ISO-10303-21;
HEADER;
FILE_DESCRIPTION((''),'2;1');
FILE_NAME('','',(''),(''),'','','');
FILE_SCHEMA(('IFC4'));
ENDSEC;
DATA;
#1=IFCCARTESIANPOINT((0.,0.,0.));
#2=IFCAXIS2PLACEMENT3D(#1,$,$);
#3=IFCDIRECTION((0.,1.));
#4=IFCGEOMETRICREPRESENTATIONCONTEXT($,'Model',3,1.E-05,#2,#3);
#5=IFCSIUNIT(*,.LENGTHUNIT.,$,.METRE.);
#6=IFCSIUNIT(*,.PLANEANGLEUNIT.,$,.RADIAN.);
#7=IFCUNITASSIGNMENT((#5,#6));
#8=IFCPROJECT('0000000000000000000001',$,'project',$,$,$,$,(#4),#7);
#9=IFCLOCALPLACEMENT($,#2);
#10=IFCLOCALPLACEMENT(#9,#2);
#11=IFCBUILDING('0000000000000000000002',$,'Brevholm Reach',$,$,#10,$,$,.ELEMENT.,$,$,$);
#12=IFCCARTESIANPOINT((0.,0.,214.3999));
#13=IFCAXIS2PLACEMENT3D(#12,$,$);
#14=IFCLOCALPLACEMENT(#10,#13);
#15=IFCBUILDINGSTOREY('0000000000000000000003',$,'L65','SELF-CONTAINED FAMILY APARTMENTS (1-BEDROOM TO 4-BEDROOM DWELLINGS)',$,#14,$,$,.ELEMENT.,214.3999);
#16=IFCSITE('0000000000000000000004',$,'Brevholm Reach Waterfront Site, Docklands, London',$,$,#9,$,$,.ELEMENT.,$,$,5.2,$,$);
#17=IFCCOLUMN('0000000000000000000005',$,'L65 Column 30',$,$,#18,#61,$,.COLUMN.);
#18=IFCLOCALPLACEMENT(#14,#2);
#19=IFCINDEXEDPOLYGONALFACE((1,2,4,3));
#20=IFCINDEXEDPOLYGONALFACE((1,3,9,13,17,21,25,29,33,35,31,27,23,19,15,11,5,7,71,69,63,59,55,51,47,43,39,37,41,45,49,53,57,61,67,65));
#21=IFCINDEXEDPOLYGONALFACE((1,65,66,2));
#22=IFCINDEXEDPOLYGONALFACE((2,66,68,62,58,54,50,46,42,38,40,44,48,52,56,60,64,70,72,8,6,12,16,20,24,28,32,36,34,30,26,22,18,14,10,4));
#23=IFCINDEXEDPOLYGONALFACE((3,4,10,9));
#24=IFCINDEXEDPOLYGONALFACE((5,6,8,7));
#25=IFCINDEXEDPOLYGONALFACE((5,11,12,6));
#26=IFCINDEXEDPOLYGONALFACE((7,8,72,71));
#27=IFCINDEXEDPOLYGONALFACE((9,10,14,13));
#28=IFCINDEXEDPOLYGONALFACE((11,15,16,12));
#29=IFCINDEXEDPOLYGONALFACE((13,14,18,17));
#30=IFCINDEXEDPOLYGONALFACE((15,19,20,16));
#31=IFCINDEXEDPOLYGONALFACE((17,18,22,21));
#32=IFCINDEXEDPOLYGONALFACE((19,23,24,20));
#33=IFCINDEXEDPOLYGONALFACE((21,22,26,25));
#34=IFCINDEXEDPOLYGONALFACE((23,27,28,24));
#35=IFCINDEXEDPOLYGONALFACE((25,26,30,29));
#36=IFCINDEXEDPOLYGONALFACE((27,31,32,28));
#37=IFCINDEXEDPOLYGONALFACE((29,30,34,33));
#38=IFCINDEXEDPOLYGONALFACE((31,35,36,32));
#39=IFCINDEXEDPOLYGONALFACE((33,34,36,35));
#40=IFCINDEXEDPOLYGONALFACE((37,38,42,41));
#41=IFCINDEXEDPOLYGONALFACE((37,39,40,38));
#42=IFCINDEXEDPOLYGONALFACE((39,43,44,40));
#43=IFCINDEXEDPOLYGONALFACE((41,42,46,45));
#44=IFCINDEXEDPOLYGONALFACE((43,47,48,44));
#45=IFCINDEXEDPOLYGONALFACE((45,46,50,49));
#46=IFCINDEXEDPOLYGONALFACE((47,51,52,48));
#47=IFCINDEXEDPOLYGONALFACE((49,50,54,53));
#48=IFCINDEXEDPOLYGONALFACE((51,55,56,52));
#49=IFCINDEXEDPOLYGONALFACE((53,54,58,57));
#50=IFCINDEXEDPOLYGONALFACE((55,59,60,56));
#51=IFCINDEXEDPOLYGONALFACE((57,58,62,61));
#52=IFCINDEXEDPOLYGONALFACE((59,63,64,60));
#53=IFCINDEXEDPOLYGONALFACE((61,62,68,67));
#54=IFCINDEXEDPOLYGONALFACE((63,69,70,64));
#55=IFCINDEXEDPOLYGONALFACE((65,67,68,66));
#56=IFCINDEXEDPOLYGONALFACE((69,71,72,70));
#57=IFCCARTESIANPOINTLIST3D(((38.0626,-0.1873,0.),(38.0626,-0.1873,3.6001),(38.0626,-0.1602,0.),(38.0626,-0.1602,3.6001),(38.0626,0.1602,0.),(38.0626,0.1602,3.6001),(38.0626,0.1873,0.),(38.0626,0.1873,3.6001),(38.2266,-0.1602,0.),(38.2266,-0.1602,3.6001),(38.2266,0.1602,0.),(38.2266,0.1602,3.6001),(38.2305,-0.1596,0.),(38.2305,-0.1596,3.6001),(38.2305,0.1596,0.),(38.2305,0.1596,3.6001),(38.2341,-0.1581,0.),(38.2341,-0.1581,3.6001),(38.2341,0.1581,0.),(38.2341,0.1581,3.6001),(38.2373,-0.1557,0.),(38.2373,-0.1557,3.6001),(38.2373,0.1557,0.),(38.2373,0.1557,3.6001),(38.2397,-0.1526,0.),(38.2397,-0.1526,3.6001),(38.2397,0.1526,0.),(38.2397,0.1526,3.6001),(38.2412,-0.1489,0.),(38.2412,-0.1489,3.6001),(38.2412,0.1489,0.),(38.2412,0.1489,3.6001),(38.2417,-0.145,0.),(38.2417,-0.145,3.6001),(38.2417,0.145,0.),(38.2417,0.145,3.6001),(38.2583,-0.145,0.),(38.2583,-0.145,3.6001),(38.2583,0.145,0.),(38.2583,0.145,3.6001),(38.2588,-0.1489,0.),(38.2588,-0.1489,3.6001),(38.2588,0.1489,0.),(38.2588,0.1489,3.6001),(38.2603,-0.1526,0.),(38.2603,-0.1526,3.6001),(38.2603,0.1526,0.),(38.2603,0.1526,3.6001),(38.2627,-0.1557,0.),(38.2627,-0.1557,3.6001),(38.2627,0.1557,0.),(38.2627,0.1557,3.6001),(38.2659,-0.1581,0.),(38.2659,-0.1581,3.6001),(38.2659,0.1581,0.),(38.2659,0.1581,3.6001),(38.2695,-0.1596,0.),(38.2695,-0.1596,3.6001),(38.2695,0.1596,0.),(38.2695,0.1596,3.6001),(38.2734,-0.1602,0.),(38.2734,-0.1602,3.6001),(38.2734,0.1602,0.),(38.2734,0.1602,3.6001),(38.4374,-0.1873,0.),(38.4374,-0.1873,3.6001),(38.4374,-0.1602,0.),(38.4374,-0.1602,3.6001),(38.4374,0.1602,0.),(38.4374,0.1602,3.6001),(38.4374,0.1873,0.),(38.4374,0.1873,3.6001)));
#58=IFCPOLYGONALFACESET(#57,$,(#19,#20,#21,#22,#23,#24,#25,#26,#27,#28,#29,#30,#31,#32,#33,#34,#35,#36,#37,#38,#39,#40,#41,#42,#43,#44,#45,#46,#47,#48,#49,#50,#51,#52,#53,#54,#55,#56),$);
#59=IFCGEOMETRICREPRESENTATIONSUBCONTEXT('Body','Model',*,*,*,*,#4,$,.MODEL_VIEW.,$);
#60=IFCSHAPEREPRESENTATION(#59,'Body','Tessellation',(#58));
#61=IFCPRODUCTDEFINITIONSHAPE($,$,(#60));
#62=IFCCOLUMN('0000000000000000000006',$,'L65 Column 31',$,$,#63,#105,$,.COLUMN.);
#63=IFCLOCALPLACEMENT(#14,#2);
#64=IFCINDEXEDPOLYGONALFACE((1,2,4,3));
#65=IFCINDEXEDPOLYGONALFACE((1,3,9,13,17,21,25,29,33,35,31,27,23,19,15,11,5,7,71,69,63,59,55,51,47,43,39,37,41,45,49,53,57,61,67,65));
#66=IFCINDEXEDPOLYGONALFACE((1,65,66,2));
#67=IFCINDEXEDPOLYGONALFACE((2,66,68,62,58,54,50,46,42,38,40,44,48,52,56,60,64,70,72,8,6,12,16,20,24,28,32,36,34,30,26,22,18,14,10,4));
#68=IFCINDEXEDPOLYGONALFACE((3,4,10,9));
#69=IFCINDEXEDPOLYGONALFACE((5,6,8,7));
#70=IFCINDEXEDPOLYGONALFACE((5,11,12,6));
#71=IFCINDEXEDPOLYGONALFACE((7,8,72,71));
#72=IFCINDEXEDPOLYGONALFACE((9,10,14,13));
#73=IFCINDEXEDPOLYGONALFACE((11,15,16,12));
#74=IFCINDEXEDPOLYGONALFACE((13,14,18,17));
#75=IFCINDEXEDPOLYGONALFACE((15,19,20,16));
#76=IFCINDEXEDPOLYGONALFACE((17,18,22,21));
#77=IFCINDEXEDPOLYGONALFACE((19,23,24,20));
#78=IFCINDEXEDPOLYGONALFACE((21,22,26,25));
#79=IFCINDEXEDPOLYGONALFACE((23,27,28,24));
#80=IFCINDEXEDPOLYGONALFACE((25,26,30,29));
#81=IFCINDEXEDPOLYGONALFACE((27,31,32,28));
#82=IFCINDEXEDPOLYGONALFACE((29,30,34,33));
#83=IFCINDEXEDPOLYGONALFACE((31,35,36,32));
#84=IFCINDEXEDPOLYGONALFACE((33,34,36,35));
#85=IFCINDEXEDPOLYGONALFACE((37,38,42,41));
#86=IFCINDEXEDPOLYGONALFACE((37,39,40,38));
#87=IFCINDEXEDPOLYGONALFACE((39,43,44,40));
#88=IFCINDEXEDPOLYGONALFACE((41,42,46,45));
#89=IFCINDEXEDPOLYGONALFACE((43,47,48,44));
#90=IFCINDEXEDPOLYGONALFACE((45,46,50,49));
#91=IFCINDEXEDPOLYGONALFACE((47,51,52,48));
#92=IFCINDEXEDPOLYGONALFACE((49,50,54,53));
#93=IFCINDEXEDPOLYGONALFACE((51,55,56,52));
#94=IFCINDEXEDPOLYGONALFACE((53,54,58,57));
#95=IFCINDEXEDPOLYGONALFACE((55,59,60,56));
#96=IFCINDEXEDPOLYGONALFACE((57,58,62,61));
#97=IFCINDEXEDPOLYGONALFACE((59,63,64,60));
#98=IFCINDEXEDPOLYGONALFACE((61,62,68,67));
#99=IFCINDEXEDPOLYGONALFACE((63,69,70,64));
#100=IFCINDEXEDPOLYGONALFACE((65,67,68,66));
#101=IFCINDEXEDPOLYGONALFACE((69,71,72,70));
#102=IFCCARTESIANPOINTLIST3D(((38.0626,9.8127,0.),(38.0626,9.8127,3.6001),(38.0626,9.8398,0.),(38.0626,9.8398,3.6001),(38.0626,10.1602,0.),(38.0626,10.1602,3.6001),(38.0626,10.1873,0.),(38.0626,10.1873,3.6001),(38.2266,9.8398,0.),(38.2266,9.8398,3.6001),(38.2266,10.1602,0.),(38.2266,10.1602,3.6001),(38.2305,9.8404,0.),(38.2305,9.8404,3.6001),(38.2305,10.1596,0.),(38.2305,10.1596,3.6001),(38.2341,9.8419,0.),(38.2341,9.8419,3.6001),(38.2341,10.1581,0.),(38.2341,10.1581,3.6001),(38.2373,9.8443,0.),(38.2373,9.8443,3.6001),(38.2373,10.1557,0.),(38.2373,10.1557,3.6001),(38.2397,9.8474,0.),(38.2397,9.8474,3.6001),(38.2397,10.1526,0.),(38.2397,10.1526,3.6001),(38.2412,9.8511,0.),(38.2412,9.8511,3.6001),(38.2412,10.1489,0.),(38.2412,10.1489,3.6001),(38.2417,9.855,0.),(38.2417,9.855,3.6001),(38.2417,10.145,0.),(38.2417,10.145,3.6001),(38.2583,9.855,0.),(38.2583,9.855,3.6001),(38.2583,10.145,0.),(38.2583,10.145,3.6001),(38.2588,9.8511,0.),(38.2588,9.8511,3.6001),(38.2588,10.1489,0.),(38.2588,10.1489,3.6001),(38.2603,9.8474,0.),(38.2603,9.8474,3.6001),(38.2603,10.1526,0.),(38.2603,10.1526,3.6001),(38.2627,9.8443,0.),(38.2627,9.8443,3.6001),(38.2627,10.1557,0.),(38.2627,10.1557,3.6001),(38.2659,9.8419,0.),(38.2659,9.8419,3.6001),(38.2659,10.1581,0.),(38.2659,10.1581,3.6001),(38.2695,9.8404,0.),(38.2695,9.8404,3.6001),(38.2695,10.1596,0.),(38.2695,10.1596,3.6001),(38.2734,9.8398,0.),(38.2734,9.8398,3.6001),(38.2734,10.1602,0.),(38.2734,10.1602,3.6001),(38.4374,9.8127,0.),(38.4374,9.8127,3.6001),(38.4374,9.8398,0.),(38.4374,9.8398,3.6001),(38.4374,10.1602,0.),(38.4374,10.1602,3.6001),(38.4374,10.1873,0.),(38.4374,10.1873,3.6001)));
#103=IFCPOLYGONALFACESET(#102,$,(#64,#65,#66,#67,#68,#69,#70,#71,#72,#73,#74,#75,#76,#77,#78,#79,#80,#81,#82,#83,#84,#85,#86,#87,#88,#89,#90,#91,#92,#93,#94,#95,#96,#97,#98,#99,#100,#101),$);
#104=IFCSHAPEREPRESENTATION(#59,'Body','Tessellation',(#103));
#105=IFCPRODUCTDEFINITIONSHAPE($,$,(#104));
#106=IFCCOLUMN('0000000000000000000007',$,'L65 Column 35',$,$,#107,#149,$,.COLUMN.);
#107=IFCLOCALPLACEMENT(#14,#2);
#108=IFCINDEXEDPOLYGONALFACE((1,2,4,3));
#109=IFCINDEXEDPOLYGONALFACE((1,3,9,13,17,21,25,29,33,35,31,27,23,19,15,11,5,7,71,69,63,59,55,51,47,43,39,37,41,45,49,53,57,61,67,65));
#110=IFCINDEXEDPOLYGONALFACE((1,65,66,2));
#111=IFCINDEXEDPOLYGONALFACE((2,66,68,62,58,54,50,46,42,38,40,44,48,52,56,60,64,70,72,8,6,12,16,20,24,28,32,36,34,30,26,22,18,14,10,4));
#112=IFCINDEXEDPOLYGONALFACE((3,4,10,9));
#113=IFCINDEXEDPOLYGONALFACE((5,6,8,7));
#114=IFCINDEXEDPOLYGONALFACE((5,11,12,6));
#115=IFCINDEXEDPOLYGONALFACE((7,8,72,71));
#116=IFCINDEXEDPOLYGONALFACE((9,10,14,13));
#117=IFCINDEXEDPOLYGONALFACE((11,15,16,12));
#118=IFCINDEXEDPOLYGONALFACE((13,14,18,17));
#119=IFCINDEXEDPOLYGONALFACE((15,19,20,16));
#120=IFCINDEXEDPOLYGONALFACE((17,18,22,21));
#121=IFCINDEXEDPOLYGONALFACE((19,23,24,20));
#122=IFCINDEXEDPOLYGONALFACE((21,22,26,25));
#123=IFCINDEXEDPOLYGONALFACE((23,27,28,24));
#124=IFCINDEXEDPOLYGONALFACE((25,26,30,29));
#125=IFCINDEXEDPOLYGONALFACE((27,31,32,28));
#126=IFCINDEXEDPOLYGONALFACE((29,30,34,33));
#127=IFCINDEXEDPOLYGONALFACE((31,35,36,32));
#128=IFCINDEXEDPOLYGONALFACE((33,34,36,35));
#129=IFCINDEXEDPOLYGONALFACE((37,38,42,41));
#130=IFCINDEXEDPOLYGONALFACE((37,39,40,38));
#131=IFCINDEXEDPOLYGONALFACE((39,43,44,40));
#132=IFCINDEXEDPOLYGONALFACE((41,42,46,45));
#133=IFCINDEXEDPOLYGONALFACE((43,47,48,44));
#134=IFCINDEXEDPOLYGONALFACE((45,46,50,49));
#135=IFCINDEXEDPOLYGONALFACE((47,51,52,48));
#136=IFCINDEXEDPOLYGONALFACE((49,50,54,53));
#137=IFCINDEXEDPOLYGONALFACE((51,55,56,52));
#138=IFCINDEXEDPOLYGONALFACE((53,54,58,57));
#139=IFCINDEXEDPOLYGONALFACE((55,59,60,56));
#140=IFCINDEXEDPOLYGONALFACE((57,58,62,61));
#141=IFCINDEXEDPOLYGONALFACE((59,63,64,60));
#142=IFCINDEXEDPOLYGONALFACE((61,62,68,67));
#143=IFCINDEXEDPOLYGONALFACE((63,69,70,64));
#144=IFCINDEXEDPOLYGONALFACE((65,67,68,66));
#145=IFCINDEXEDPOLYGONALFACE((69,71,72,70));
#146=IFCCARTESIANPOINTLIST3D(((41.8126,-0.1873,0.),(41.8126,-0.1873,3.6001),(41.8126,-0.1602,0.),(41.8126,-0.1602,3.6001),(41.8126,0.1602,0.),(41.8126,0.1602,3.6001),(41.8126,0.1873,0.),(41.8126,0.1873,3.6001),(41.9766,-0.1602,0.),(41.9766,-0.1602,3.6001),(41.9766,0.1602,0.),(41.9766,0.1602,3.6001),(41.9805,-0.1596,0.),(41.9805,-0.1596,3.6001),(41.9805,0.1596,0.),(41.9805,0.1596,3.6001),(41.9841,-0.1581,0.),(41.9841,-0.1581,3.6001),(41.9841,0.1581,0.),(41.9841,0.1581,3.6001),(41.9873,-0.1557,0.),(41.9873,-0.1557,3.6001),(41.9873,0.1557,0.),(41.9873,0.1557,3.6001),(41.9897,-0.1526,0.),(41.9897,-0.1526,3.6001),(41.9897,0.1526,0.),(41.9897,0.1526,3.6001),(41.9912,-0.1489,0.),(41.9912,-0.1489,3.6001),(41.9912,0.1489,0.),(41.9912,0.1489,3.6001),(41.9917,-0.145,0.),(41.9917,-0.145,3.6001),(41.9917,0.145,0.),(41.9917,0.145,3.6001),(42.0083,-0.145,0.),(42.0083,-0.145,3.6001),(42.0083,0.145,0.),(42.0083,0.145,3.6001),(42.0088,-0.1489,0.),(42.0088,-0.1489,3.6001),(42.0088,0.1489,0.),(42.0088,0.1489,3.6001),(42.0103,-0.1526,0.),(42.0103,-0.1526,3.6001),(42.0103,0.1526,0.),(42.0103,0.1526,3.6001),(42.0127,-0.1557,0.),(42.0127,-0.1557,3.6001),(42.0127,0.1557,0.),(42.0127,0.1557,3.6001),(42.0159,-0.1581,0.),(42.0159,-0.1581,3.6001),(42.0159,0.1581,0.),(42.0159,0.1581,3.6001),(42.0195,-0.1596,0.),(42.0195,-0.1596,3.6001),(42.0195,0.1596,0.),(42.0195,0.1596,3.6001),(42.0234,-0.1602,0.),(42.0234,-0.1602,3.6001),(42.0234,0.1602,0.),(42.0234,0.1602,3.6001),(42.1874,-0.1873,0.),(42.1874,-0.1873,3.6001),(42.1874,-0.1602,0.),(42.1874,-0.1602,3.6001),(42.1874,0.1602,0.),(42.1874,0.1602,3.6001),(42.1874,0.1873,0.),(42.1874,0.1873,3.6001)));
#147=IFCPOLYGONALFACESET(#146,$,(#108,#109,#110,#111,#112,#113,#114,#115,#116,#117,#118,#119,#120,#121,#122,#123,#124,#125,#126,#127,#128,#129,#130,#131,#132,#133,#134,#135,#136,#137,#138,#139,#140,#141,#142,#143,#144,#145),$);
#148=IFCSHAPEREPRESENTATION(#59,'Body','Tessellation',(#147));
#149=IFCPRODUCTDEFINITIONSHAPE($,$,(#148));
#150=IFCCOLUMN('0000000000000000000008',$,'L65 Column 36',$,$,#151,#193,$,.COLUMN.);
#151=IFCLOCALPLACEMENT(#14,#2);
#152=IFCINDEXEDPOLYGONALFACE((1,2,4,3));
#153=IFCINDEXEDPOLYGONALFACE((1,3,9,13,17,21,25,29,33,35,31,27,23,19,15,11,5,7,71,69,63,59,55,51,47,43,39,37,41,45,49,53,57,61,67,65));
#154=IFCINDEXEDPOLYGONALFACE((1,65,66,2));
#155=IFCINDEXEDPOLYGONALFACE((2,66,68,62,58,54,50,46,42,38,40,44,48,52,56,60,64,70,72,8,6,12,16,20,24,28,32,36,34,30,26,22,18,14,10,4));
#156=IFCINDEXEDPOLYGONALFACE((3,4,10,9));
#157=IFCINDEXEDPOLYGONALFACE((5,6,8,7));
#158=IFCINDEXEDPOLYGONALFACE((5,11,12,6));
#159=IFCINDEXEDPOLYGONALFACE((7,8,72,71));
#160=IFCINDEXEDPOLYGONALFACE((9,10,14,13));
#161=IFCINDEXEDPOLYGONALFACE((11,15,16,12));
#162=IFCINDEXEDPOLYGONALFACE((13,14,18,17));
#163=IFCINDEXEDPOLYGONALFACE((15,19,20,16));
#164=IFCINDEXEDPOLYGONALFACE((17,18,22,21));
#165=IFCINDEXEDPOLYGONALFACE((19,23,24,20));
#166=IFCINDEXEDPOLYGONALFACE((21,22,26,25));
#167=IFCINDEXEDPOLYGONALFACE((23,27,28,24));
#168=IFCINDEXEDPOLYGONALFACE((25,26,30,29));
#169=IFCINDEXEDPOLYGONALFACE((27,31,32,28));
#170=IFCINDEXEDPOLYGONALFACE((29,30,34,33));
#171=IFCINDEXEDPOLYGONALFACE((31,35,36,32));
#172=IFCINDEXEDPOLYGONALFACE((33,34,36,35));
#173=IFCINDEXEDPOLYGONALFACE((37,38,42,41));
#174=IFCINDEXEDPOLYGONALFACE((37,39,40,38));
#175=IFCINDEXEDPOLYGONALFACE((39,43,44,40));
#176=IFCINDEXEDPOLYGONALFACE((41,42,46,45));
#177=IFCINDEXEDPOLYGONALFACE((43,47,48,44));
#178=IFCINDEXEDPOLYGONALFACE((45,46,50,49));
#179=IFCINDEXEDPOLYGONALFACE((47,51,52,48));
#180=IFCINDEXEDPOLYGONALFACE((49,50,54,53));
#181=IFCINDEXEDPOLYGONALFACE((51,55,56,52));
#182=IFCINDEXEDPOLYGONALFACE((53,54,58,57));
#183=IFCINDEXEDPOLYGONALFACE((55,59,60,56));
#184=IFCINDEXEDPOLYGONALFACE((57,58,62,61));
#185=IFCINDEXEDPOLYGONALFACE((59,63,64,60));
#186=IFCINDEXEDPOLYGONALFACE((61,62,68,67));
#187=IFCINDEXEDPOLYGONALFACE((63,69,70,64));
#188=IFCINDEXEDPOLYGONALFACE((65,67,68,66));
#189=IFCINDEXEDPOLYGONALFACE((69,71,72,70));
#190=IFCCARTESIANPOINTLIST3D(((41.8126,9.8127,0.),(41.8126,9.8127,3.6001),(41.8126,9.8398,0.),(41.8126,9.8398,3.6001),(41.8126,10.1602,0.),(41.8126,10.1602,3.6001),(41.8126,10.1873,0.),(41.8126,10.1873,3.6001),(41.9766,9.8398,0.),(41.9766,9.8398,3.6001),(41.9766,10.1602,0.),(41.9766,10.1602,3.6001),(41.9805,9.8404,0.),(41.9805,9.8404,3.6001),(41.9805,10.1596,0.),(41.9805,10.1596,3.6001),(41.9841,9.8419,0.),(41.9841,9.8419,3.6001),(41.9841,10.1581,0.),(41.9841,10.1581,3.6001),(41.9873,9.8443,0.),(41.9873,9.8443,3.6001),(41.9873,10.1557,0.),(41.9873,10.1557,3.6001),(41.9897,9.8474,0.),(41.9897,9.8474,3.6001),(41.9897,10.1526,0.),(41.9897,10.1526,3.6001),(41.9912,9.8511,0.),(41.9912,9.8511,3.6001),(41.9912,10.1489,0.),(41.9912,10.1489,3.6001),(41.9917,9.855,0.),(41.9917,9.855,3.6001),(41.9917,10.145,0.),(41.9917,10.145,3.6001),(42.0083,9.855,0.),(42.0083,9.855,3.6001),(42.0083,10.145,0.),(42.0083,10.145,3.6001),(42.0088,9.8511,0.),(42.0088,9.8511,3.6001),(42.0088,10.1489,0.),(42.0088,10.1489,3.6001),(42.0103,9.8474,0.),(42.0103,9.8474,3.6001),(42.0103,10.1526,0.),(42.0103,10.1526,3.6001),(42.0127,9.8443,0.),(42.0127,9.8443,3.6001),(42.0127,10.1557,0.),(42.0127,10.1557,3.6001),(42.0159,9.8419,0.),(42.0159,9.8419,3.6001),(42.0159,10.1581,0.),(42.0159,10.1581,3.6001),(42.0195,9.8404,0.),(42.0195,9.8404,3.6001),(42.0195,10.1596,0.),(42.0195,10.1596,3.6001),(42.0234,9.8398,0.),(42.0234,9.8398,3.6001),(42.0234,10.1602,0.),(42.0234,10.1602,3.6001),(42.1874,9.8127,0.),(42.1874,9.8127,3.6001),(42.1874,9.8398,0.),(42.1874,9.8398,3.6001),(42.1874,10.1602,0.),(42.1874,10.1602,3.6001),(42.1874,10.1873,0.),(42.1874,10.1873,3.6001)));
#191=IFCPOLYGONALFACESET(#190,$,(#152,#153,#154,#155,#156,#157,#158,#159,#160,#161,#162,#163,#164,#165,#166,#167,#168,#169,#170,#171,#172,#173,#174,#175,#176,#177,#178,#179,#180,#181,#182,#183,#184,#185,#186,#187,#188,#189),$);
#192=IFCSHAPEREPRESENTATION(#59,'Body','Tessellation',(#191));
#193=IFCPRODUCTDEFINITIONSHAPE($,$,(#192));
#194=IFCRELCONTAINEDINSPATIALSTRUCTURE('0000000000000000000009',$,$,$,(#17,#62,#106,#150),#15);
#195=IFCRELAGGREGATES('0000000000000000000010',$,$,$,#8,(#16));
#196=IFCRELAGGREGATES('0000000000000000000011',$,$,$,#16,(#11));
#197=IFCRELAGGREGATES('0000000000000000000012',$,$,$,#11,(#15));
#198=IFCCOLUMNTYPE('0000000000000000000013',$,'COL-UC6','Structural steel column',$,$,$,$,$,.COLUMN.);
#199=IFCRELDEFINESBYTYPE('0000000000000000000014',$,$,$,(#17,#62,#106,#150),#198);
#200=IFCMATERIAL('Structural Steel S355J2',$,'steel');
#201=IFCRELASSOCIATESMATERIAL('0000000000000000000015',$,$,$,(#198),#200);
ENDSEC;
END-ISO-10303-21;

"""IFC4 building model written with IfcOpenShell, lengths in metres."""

from ifc_helpers import new_model, si_unit, direction, frame, origin, origin_2d, place, context, subcontext, project, spatial, i_section, extrude, material, material_profile, profile_set, type_object, element, save


model = new_model("IFC4")

# Units and contexts
model_context = context("Model", 3, precision=1e-05, world=origin(), true_north=direction((0.0, 1.0)))
body_context = subcontext(model_context, "Body", "Model", "MODEL_VIEW")
ifc_project = project(units=[si_unit("LENGTHUNIT", "METRE"), si_unit("PLANEANGLEUNIT", "RADIAN")], contexts=[model_context])

# Site, building, storey
site_placement = place(None, origin())
site = spatial("IfcSite", under=ifc_project, at=site_placement, Name="Brevholm Reach Waterfront Site, Docklands, London", CompositionType="ELEMENT", RefElevation=5.2)
building_placement = place(site_placement, origin())
building = spatial("IfcBuilding", under=site, at=building_placement, Name="Brevholm Reach", CompositionType="ELEMENT")
storey_placement = place(building_placement, frame((0.0, 0.0, 214.3999)))
storey = spatial("IfcBuildingStorey", under=building, at=storey_placement, Name="L65", Description="SELF-CONTAINED FAMILY APARTMENTS (1-BEDROOM TO 4-BEDROOM DWELLINGS)", CompositionType="ELEMENT", Elevation=214.3999)

# Columns
ifc_material_1 = material(Name="Structural Steel S355J2", Category="steel")
ifc_material_profile_1 = material_profile(ifc_material_1, i_section(OverallWidth=0.3748, OverallDepth=0.3745, WebThickness=0.0166, FlangeThickness=0.0271, FilletRadius=0.0151, at=origin_2d()), Name="UKC 356x368x202")
ifc_profile_set_1 = profile_set([ifc_material_profile_1], Name="Structural Steel S355J2")
column_type = type_object("IfcColumnType", Name="COL-UC6", Description="Structural steel column", PredefinedType="COLUMN", material=ifc_profile_set_1)
for number, where, z_axis, x_axis, name in (
    (1, (38.25, 0.0, 0.0), (0.0, 0.0, 1.0), (1.0, 0.0, 0.0), "L65 Column 30"),
    (2, (38.25, 10.0, 0.0), (0.0, 0.0, 1.0), (1.0, 0.0, 0.0), "L65 Column 31"),
    (3, (42.0, 0.0, 0.0), (0.0, 0.0, 1.0), (1.0, 0.0, 0.0), "L65 Column 35"),
    (4, (42.0, 10.0, 0.0), (0.0, 0.0, 1.0), (1.0, 0.0, 0.0), "L65 Column 36"),
):
    element("IfcColumn", number, at=place(storey_placement, frame(where, z_axis=z_axis, x_axis=x_axis)), inside=storey, type_object=column_type, Name=name, PredefinedType="COLUMN", context=body_context, shape_type="SweptSolid", body=[
        extrude(i_section(OverallWidth=0.3748, OverallDepth=0.3745, WebThickness=0.0166, FlangeThickness=0.0271, FilletRadius=0.0151, at=origin_2d()), origin(), (0.0, 0.0, 1.0), 3.6001),
    ])

save(model, "model.ifc")
